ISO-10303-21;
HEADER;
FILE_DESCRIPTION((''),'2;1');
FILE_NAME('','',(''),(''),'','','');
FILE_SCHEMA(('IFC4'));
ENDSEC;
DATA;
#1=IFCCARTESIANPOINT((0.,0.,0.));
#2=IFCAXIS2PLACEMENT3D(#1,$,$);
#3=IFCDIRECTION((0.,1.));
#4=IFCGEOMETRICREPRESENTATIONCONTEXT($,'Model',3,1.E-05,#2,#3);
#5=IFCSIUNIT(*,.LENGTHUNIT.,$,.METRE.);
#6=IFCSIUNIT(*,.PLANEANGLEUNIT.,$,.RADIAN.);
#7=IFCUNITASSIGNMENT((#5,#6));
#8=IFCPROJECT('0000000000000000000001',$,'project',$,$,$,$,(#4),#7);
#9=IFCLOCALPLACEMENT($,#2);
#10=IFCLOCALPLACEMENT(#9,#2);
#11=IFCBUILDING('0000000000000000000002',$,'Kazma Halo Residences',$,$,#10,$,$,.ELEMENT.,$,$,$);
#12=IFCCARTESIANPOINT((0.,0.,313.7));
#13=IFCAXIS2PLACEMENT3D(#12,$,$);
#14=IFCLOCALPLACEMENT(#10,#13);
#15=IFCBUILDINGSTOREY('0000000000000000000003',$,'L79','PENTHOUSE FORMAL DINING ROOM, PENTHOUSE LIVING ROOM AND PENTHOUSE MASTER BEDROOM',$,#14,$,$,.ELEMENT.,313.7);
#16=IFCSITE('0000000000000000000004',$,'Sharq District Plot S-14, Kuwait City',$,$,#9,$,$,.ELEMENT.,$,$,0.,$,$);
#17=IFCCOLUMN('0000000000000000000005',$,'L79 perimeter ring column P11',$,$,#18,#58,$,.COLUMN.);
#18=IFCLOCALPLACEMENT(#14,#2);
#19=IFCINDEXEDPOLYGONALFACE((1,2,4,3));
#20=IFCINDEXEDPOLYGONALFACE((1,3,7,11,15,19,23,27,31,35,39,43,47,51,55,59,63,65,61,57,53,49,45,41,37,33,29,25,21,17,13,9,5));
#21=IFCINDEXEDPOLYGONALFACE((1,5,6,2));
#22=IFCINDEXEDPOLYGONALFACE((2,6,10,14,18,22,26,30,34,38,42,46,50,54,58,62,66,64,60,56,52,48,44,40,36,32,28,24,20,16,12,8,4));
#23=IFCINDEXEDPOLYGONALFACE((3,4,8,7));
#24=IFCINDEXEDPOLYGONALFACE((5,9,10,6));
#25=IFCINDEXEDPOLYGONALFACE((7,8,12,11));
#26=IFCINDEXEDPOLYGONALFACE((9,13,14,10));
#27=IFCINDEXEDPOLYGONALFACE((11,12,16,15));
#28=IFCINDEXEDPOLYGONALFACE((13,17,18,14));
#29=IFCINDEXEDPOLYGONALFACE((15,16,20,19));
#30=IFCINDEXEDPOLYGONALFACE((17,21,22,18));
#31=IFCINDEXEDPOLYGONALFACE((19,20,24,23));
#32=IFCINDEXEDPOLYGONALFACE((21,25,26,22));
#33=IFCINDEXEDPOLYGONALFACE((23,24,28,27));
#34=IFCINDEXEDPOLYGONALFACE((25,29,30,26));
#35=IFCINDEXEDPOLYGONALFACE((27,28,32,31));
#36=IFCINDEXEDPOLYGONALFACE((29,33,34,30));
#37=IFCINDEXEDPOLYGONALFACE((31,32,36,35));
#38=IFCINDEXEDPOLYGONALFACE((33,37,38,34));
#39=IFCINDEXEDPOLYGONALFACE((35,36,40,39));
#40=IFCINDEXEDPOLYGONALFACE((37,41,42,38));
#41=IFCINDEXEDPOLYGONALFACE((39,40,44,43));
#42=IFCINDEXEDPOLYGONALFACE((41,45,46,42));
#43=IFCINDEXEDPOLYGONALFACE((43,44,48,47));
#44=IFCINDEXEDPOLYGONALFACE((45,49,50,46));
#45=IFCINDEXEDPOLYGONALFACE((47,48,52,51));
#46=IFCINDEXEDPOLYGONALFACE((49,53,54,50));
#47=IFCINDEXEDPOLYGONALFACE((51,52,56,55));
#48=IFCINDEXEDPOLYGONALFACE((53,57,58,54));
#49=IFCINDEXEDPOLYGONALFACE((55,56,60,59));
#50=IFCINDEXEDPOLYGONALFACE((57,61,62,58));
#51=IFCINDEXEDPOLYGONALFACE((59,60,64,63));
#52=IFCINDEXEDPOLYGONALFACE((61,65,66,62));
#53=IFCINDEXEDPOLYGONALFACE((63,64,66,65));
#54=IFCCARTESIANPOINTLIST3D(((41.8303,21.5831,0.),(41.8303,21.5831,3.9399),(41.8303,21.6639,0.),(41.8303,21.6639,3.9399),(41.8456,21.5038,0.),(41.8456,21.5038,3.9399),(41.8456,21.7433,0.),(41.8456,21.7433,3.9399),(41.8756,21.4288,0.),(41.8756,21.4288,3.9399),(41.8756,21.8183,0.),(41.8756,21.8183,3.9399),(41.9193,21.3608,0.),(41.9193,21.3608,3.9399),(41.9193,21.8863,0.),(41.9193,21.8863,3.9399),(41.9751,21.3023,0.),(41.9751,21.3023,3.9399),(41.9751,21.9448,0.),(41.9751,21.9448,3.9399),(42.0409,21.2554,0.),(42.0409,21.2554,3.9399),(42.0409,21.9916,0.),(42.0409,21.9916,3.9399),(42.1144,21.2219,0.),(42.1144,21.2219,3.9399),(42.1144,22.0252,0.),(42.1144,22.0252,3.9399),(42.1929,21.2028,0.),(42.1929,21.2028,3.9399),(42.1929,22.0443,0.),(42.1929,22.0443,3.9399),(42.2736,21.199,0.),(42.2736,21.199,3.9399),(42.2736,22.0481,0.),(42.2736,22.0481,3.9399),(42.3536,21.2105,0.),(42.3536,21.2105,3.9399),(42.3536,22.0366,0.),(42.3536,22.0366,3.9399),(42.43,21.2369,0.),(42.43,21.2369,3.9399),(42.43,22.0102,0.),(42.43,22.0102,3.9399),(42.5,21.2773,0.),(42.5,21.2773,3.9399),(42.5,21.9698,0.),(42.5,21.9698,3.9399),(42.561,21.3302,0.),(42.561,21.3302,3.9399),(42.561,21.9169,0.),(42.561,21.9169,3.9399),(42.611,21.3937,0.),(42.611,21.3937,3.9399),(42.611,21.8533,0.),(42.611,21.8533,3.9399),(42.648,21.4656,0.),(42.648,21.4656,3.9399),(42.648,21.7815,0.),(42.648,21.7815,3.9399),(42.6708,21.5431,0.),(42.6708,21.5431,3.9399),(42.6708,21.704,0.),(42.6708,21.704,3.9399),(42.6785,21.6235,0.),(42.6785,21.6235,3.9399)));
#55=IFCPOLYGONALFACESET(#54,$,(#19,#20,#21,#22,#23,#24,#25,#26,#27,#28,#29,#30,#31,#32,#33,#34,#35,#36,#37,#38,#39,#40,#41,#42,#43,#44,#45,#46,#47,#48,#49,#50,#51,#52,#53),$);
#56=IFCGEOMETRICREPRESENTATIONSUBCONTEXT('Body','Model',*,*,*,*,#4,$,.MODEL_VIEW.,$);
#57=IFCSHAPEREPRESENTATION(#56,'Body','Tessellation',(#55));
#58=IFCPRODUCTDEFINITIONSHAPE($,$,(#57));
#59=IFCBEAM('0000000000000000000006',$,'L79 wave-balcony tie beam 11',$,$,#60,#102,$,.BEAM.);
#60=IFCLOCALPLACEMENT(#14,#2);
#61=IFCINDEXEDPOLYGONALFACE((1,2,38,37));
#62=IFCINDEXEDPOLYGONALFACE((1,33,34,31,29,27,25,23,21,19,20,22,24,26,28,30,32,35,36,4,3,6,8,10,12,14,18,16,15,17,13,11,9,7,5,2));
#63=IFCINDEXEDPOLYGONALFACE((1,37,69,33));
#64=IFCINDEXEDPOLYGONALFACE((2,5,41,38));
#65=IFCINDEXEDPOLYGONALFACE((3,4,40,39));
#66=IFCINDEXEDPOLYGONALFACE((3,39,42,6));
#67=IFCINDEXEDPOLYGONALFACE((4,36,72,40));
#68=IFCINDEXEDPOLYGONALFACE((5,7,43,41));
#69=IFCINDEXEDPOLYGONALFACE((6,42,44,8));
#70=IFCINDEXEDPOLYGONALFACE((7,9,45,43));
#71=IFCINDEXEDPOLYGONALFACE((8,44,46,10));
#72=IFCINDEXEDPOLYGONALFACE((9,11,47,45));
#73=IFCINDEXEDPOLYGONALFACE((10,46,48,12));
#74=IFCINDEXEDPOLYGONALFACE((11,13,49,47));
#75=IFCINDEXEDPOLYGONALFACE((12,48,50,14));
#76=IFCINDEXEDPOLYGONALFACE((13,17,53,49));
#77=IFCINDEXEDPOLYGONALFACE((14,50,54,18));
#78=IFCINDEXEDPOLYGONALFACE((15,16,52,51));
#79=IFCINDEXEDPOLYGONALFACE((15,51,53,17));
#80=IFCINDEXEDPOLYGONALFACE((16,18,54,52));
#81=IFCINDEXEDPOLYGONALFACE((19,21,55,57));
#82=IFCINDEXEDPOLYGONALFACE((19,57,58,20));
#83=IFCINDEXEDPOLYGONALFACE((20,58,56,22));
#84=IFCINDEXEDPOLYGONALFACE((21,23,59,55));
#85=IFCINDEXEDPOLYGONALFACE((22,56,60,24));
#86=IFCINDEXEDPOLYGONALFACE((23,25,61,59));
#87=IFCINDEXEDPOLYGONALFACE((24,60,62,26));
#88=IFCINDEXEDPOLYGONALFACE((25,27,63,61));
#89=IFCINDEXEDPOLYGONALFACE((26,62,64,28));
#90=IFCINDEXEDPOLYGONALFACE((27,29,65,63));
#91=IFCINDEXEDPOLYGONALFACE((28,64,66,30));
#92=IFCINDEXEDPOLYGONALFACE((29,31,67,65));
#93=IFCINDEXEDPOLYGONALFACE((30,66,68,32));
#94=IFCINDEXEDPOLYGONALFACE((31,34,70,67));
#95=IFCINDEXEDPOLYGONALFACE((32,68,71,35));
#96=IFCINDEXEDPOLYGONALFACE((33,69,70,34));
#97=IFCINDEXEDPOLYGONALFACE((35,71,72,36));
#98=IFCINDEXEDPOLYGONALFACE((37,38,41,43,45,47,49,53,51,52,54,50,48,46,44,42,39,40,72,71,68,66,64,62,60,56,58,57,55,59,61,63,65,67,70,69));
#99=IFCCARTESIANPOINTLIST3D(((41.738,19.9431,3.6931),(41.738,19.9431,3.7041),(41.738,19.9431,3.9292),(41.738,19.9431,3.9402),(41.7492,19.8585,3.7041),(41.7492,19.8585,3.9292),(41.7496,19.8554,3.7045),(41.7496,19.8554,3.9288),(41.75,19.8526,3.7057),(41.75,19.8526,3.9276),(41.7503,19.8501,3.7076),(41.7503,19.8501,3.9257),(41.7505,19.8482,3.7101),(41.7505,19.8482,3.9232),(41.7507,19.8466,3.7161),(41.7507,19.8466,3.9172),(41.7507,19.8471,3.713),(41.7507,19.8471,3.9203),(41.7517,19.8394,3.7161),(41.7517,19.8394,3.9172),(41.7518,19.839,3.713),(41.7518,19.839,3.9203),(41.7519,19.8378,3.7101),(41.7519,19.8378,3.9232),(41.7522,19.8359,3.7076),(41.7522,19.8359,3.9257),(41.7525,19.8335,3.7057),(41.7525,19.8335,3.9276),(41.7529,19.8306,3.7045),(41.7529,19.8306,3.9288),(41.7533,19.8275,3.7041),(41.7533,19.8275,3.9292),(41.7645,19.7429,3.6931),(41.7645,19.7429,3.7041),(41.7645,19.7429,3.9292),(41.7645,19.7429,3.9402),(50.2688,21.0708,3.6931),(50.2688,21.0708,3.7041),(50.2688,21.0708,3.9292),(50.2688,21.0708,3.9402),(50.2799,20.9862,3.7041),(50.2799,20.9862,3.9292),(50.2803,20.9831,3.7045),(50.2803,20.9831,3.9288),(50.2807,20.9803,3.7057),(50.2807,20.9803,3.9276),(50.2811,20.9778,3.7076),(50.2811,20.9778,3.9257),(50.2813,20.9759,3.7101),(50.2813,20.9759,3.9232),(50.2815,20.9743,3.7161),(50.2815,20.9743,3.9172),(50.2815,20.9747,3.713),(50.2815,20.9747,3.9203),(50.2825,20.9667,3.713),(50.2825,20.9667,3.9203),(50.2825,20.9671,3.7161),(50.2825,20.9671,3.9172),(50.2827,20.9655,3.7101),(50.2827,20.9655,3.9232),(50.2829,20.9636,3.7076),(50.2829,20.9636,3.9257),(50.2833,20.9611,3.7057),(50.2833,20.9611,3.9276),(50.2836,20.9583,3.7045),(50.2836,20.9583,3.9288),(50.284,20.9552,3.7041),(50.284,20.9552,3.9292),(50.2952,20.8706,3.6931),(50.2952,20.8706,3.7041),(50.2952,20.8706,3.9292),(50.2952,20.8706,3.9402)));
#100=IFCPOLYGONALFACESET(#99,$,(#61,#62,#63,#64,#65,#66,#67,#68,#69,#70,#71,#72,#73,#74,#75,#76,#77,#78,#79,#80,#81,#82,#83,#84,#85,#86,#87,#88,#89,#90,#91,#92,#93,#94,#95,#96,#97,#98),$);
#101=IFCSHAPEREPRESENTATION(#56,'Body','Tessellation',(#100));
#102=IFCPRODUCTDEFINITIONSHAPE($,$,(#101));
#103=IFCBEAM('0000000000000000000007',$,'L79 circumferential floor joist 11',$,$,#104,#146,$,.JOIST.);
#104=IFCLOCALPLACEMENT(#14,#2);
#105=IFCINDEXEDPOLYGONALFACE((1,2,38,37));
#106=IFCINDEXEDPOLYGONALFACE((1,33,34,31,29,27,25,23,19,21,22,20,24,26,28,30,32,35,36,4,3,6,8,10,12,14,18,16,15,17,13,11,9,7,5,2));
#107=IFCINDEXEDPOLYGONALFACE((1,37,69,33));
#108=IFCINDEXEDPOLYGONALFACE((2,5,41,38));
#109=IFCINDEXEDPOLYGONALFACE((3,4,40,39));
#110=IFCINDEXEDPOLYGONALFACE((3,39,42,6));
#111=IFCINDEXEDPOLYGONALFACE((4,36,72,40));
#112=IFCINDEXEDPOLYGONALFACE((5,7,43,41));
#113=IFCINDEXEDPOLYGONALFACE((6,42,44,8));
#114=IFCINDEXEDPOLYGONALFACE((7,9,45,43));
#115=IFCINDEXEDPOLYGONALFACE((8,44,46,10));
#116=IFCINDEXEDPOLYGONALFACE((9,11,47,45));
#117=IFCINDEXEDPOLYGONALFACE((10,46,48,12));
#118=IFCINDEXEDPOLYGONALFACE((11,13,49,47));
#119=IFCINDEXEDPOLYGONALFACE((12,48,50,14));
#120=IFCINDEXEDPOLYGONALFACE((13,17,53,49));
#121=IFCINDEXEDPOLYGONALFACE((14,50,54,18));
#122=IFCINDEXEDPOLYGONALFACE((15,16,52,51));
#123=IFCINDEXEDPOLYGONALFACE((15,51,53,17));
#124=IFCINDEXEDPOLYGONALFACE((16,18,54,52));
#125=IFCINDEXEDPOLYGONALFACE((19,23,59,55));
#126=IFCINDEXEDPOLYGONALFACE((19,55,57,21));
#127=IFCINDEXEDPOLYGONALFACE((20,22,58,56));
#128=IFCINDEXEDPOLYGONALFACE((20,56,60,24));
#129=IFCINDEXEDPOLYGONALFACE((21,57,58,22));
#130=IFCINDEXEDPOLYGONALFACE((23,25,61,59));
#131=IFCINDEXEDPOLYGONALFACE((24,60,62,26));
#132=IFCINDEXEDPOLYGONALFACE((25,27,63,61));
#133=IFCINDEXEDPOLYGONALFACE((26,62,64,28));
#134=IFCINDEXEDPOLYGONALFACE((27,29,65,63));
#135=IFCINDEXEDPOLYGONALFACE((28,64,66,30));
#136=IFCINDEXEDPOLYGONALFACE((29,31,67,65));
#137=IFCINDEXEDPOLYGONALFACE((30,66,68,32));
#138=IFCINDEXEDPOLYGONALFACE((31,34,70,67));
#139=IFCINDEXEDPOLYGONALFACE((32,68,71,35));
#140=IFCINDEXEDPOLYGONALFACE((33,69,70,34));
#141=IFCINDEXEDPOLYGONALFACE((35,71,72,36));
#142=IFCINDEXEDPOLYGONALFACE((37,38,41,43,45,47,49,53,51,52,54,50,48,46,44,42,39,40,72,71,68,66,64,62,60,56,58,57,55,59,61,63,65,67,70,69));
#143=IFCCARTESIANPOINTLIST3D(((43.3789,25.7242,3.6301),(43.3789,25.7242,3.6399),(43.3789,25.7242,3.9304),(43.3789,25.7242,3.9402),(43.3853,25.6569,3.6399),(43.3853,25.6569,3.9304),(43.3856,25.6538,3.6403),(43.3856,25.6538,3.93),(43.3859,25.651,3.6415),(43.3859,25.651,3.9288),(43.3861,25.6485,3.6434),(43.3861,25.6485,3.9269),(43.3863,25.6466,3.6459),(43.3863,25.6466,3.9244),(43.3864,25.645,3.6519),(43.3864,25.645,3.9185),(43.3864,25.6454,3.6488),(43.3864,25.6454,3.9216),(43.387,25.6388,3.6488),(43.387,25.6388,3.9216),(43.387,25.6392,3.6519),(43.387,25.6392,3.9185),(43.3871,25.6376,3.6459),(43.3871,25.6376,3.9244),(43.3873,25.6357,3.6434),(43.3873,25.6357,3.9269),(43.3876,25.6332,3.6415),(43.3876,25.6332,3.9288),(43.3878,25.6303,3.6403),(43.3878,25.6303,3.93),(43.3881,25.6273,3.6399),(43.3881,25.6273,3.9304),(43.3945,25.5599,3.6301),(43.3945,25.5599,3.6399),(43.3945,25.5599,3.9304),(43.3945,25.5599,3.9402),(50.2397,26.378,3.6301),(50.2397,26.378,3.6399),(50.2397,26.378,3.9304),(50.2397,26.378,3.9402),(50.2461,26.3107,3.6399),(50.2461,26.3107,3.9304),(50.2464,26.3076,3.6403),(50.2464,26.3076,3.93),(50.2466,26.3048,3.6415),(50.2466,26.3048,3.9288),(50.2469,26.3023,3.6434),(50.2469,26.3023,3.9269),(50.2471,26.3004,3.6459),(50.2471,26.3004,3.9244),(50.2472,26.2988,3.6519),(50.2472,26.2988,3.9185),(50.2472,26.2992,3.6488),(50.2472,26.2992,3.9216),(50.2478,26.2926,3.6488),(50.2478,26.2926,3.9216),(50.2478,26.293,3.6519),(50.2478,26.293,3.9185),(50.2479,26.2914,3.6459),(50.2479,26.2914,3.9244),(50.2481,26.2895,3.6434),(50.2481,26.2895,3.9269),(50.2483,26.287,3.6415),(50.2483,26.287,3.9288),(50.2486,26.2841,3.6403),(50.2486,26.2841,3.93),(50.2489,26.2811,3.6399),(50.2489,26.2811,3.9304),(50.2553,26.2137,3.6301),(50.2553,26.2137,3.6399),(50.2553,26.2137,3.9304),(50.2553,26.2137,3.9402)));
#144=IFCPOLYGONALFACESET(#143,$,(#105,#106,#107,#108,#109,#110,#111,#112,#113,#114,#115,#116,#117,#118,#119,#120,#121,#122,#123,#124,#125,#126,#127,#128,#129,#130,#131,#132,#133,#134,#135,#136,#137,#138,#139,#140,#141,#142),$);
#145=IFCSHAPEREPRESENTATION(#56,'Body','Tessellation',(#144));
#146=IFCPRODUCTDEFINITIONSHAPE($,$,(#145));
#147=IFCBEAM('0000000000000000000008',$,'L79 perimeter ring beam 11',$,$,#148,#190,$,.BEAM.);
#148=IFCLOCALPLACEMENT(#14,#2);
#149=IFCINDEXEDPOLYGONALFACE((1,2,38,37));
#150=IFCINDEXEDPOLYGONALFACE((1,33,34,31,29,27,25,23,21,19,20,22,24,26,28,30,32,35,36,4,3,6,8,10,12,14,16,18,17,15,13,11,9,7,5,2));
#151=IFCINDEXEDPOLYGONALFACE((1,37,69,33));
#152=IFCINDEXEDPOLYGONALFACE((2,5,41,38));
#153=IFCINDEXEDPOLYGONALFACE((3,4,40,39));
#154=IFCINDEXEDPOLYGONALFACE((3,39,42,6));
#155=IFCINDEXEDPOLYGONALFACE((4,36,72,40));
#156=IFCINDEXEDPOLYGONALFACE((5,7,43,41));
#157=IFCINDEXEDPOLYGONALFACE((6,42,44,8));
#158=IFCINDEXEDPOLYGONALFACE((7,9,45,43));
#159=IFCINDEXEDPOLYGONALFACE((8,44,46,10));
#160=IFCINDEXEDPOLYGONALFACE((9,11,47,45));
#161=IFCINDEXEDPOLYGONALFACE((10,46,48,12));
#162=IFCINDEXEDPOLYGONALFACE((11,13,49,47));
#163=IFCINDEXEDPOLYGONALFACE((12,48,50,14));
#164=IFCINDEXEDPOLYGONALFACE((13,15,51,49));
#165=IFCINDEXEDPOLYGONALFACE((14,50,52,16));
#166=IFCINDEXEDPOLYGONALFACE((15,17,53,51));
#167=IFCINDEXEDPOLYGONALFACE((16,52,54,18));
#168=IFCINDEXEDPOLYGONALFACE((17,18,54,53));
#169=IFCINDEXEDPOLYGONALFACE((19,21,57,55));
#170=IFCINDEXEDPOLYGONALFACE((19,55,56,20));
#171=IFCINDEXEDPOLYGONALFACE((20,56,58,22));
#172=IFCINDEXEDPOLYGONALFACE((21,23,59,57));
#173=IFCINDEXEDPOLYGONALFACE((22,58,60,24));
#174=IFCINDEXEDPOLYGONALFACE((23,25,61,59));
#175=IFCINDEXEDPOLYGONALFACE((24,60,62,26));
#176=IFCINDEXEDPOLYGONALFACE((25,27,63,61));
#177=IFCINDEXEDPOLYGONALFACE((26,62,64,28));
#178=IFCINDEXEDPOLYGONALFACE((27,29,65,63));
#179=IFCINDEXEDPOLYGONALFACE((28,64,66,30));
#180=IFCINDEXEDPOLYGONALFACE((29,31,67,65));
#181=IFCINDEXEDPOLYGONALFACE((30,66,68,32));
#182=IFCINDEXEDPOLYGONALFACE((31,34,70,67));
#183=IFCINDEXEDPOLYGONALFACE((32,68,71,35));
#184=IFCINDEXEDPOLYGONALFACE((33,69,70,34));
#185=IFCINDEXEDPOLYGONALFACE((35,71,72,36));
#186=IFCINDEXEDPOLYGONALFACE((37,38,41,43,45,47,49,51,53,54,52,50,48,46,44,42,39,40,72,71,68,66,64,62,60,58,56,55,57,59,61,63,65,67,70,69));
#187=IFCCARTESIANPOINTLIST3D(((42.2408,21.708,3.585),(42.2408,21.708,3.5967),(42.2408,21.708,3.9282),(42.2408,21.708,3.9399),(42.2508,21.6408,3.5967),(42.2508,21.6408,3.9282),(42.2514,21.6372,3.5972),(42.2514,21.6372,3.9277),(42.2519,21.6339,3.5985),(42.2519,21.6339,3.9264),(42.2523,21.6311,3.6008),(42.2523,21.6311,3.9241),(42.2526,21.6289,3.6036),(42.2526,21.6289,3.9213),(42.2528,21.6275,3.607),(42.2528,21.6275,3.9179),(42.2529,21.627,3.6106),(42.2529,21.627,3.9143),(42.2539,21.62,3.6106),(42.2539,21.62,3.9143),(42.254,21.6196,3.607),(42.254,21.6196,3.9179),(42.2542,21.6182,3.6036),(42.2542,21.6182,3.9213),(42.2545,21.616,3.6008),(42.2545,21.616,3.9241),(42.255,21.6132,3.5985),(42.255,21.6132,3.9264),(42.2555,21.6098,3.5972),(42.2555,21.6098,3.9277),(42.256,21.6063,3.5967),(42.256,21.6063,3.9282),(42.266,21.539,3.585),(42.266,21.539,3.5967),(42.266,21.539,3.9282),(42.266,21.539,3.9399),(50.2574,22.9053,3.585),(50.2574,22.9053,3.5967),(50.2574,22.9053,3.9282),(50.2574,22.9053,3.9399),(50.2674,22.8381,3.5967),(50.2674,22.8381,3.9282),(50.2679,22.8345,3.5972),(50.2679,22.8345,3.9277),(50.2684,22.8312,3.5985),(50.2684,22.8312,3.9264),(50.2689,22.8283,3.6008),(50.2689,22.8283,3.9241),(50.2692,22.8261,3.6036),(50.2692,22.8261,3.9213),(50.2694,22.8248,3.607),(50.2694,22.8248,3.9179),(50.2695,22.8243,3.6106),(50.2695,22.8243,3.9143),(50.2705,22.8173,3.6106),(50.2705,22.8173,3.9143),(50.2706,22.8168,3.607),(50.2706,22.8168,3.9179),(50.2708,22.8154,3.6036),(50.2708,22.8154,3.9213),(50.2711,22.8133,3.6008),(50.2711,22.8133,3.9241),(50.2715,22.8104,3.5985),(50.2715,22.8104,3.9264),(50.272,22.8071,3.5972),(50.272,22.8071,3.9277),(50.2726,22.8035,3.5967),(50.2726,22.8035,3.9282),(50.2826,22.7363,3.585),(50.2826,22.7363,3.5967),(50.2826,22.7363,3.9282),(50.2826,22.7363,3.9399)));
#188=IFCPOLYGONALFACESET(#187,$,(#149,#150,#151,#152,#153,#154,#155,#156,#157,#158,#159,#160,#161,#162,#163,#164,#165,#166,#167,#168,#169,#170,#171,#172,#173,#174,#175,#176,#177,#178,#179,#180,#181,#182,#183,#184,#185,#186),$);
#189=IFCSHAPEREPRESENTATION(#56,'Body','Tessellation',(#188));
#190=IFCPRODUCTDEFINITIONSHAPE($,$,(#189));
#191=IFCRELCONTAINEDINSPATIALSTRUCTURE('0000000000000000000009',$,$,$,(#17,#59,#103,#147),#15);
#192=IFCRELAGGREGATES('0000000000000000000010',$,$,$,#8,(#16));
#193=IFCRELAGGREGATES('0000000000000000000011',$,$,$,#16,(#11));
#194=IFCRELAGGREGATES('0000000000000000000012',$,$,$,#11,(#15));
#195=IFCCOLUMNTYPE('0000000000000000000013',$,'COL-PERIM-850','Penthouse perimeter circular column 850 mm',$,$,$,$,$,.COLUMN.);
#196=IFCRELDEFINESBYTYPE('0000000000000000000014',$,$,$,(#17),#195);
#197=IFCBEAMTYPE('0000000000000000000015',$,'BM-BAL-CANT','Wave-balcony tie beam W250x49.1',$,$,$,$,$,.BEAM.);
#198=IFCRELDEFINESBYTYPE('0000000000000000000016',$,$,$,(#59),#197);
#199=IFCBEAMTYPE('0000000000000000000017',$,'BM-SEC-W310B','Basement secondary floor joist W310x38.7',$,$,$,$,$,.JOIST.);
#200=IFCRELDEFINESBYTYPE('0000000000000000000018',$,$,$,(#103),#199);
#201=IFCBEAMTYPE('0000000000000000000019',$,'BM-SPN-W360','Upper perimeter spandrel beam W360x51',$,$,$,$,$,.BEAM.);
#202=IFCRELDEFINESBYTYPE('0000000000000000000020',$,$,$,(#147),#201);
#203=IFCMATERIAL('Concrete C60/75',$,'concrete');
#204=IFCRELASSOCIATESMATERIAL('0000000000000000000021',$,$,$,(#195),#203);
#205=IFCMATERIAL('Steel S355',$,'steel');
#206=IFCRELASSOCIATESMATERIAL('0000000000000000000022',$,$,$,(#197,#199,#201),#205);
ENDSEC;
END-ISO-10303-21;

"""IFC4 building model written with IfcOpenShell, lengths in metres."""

from ifc_helpers import new_model, si_unit, direction, frame, origin, origin_2d, place, context, subcontext, project, spatial, circle, i_section, extrude, material, material_profile, profile_set, type_object, element, save


model = new_model("IFC4")

# Units and contexts
model_context = context("Model", 3, precision=1e-05, world=origin(), true_north=direction((0.0, 1.0)))
body_context = subcontext(model_context, "Body", "Model", "MODEL_VIEW")
ifc_project = project(units=[si_unit("LENGTHUNIT", "METRE"), si_unit("PLANEANGLEUNIT", "RADIAN")], contexts=[model_context])

# Site, building, storey
site_placement = place(None, origin())
site = spatial("IfcSite", under=ifc_project, at=site_placement, Name="Sharq District Plot S-14, Kuwait City", CompositionType="ELEMENT", RefElevation=0.0)
building_placement = place(site_placement, origin())
building = spatial("IfcBuilding", under=site, at=building_placement, Name="Kazma Halo Residences", CompositionType="ELEMENT")
storey_placement = place(building_placement, frame((0.0, 0.0, 313.7)))
storey = spatial("IfcBuildingStorey", under=building, at=storey_placement, Name="L79", Description="PENTHOUSE FORMAL DINING ROOM, PENTHOUSE LIVING ROOM AND PENTHOUSE MASTER BEDROOM", CompositionType="ELEMENT", Elevation=313.7)

# Column
ifc_material_1 = material(Name="Concrete C60/75", Category="concrete")
ifc_material_profile_1 = material_profile(ifc_material_1, circle(Radius=0.425, at=origin_2d()), Name="CIRC850")
ifc_profile_set_1 = profile_set([ifc_material_profile_1], Name="Concrete C60/75")
column_type = type_object("IfcColumnType", Name="COL-PERIM-850", Description="Penthouse perimeter circular column 850 mm", PredefinedType="COLUMN", material=ifc_profile_set_1)
column_placement = place(storey_placement, frame((42.2534, 21.6235, 0.0), z_axis=(0.0, 0.0, 1.0), x_axis=(1.0, 0.0, 0.0)))
element("IfcColumn", 1, at=column_placement, inside=storey, type_object=column_type, Name="L79 perimeter ring column P11", PredefinedType="COLUMN", context=body_context, shape_type="SweptSolid", body=[
    extrude(circle(Radius=0.425, at=origin_2d()), origin(), (0.0, 0.0, 1.0), 3.9399),
])

# Beams
ifc_material_2 = material(Name="Steel S355", Category="steel")
ifc_material_profile_2 = material_profile(ifc_material_2, i_section(OverallWidth=0.2019, OverallDepth=0.2471, WebThickness=0.0073, FlangeThickness=0.011, FilletRadius=0.012, at=origin_2d()), Name="W250x49.1")
ifc_profile_set_2 = profile_set([ifc_material_profile_2], Name="Steel S355")
beam_type_1 = type_object("IfcBeamType", Name="BM-BAL-CANT", Description="Wave-balcony tie beam W250x49.1", PredefinedType="BEAM", material=ifc_profile_set_2)
beam_1_placement = place(storey_placement, frame((41.7512, 19.843, 3.8167), z_axis=(0.991376, 0.13105, 0.0), x_axis=(-0.13105, 0.991376, 0.0)))
element("IfcBeam", 2, at=beam_1_placement, inside=storey, type_object=beam_type_1, Name="L79 wave-balcony tie beam 11", PredefinedType="BEAM", context=body_context, shape_type="SweptSolid", body=[
    extrude(i_section(OverallWidth=0.2019, OverallDepth=0.2471, WebThickness=0.0073, FlangeThickness=0.011, FilletRadius=0.012, at=origin_2d()), origin(), (0.0, 0.0, 1.0), 8.605),
])
ifc_material_profile_3 = material_profile(ifc_material_2, i_section(OverallWidth=0.165, OverallDepth=0.3101, WebThickness=0.0059, FlangeThickness=0.0098, FilletRadius=0.012, at=origin_2d()), Name="W310x38.7")
ifc_profile_set_3 = profile_set([ifc_material_profile_3], Name="Steel S355")
beam_type_2 = type_object("IfcBeamType", Name="BM-SEC-W310B", Description="Basement secondary floor joist W310x38.7", PredefinedType="JOIST", material=ifc_profile_set_3)
beam_2_placement = place(storey_placement, frame((43.3867, 25.6421, 3.7852), z_axis=(0.99549, 0.094866, 0.0), x_axis=(-0.094866, 0.99549, 0.0)))
element("IfcBeam", 3, at=beam_2_placement, inside=storey, type_object=beam_type_2, Name="L79 circumferential floor joist 11", PredefinedType="JOIST", context=body_context, shape_type="SweptSolid", body=[
    extrude(i_section(OverallWidth=0.165, OverallDepth=0.3101, WebThickness=0.0059, FlangeThickness=0.0098, FilletRadius=0.012, at=origin_2d()), origin(), (0.0, 0.0, 1.0), 6.8918),
])
ifc_material_profile_4 = material_profile(ifc_material_2, i_section(OverallWidth=0.1709, OverallDepth=0.355, WebThickness=0.0071, FlangeThickness=0.0117, FilletRadius=0.0139, at=origin_2d()), Name="W360x51")
ifc_profile_set_4 = profile_set([ifc_material_profile_4], Name="Steel S355")
beam_type_3 = type_object("IfcBeamType", Name="BM-SPN-W360", Description="Upper perimeter spandrel beam W360x51", PredefinedType="BEAM", material=ifc_profile_set_4)
beam_3_placement = place(storey_placement, frame((42.2534, 21.6235, 3.7625), z_axis=(0.989031, 0.14771, 0.0), x_axis=(-0.14771, 0.989031, 0.0)))
element("IfcBeam", 4, at=beam_3_placement, inside=storey, type_object=beam_type_3, Name="L79 perimeter ring beam 11", PredefinedType="BEAM", context=body_context, shape_type="SweptSolid", body=[
    extrude(i_section(OverallWidth=0.1709, OverallDepth=0.355, WebThickness=0.0071, FlangeThickness=0.0117, FilletRadius=0.0139, at=origin_2d()), origin(), (0.0, 0.0, 1.0), 8.1055),
])

save(model, "model.ifc")
